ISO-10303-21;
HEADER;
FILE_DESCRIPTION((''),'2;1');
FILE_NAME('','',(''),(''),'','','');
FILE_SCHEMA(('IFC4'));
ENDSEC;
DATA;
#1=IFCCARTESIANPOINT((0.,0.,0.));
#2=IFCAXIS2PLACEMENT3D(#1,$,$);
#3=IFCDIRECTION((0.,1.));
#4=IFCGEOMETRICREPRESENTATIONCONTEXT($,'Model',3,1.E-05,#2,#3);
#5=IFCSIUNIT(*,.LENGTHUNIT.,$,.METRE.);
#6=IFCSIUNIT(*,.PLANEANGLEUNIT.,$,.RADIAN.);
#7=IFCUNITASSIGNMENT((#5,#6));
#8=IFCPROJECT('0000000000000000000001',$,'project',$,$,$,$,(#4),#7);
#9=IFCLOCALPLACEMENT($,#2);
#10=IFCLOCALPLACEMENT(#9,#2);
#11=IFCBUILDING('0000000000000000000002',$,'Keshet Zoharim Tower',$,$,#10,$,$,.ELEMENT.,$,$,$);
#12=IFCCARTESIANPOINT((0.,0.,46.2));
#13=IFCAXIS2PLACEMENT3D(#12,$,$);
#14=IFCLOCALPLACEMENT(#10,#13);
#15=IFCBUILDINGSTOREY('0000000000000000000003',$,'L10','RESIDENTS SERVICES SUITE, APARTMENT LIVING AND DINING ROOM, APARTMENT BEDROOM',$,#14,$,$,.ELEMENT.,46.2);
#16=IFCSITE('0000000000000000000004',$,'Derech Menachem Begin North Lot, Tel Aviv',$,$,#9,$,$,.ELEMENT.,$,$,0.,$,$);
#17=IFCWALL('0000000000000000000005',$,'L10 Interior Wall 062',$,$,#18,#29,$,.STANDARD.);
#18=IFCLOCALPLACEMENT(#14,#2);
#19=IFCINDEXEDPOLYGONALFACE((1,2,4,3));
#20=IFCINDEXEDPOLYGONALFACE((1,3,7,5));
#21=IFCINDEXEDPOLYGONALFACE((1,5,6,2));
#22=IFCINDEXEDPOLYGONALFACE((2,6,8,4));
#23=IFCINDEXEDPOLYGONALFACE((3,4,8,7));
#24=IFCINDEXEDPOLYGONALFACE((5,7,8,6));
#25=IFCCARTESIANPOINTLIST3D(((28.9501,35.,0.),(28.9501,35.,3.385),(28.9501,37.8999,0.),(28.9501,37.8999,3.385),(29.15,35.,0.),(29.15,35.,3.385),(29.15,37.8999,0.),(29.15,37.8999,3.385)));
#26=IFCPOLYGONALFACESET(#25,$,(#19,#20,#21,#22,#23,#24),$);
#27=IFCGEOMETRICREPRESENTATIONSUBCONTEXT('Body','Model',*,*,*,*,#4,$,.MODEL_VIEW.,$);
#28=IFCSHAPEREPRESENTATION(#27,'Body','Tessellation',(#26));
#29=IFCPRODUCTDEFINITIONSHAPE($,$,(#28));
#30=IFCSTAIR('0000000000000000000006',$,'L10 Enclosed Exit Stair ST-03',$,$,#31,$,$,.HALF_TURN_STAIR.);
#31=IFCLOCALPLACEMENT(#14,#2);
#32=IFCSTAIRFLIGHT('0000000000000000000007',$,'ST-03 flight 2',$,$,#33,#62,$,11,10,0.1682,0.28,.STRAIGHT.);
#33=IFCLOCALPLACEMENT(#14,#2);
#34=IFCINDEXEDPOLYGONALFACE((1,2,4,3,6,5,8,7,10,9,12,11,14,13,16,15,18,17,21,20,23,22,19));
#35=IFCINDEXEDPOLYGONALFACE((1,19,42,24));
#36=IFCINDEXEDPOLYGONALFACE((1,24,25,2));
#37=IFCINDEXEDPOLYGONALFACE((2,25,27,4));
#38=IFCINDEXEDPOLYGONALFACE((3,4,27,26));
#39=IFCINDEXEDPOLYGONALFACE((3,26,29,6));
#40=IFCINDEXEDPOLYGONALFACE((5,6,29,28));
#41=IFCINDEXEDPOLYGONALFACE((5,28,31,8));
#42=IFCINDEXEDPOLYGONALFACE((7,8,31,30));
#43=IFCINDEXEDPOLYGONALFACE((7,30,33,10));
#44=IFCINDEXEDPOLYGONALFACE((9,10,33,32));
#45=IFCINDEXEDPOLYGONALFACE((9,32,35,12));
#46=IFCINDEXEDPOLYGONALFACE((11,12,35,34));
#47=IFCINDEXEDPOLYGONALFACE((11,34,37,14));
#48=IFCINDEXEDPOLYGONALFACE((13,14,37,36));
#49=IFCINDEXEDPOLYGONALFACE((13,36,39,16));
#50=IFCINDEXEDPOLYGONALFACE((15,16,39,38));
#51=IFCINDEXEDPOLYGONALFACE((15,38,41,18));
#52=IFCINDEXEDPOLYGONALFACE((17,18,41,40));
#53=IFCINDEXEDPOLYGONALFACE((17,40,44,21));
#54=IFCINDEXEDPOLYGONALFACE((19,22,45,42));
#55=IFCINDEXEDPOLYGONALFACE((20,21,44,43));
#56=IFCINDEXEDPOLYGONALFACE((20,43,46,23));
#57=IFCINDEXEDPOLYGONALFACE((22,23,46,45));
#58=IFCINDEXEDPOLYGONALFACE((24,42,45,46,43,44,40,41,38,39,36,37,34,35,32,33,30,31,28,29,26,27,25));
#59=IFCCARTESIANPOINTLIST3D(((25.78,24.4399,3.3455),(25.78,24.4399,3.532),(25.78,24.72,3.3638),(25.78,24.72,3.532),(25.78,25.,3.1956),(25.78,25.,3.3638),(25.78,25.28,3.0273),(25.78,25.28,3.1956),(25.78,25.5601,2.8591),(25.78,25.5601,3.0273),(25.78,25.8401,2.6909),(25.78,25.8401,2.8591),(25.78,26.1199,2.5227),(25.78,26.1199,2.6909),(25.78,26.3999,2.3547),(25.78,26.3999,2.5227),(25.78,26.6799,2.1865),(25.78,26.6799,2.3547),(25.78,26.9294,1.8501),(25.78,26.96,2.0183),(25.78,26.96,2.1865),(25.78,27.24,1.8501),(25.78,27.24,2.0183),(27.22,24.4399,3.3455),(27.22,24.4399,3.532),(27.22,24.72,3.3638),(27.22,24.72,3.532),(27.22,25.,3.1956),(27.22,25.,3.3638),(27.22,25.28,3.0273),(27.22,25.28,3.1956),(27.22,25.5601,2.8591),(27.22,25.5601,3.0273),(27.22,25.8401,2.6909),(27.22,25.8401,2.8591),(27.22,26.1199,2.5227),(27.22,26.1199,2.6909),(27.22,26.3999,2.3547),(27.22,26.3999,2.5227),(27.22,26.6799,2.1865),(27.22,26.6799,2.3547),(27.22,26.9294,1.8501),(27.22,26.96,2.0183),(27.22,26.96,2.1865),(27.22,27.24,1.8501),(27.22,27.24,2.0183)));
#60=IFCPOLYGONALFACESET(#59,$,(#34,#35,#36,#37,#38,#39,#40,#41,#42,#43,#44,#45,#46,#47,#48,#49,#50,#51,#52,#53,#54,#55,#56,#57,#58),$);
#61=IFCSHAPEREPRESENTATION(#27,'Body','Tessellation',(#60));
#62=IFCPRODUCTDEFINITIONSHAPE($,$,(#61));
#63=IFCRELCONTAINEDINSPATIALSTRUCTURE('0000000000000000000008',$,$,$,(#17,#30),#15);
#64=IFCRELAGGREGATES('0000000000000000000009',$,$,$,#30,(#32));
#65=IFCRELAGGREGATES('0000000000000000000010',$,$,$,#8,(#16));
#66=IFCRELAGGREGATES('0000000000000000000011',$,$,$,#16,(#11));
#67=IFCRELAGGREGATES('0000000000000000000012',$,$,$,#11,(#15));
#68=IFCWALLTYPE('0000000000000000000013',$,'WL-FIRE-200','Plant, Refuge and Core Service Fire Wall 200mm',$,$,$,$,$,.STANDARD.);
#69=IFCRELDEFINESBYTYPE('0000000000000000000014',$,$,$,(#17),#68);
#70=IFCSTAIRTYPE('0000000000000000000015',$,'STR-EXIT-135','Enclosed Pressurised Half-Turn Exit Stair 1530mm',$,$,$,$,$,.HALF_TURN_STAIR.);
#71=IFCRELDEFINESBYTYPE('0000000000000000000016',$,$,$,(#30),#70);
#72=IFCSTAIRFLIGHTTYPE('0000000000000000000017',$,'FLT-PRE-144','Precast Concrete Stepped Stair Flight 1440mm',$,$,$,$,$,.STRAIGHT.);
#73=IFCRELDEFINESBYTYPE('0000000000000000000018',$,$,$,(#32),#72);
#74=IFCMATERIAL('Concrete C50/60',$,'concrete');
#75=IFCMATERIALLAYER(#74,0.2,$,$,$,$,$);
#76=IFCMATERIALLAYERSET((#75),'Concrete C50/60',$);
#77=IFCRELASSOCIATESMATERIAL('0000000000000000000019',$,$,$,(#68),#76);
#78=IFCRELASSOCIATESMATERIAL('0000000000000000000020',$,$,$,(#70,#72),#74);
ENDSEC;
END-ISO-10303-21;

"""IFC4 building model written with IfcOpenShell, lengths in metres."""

from ifc_helpers import new_model, si_unit, direction, frame, frame_2d, origin, place, context, subcontext, project, spatial, polyline, rectangle, outline, extrude, material, layer, layer_set, type_object, element, aggregate, save


model = new_model("IFC4")

# Units and contexts
model_context = context("Model", 3, precision=1e-05, world=origin(), true_north=direction((0.0, 1.0)))
body_context = subcontext(model_context, "Body", "Model", "MODEL_VIEW")
ifc_project = project(units=[si_unit("LENGTHUNIT", "METRE"), si_unit("PLANEANGLEUNIT", "RADIAN")], contexts=[model_context])

# Site, building, storey
site_placement = place(None, origin())
site = spatial("IfcSite", under=ifc_project, at=site_placement, Name="Derech Menachem Begin North Lot, Tel Aviv", CompositionType="ELEMENT", RefElevation=0.0)
building_placement = place(site_placement, origin())
building = spatial("IfcBuilding", under=site, at=building_placement, Name="Keshet Zoharim Tower", CompositionType="ELEMENT")
storey_placement = place(building_placement, frame((0.0, 0.0, 46.2)))
storey = spatial("IfcBuildingStorey", under=building, at=storey_placement, Name="L10", Description="RESIDENTS SERVICES SUITE, APARTMENT LIVING AND DINING ROOM, APARTMENT BEDROOM", CompositionType="ELEMENT", Elevation=46.2)

# Wall
ifc_material_1 = material(Name="Concrete C50/60", Category="concrete")
ifc_layer_1 = layer(ifc_material_1, 0.2)
ifc_layer_set_1 = layer_set([ifc_layer_1], Name="Concrete C50/60")
wall_type_1 = type_object("IfcWallType", Name="WL-FIRE-200", Description="Plant, Refuge and Core Service Fire Wall 200mm", PredefinedType="STANDARD", material=ifc_layer_set_1)
wall_1_placement = place(storey_placement, frame((29.05, 35.0, 0.0), z_axis=(0.0, 0.0, 1.0), x_axis=(0.0, 1.0, 0.0)))
element("IfcWall", 1, at=wall_1_placement, inside=storey, type_object=wall_type_1, Name="L10 Interior Wall 062", PredefinedType="STANDARD", context=body_context, shape_type="SweptSolid", body=[
    extrude(rectangle(XDim=2.8999, YDim=0.2, at=frame_2d((1.45, 0.0))), origin(), (0.0, 0.0, 1.0), 3.385),
])

# Stair, stair flight
stair_type = type_object("IfcStairType", Name="STR-EXIT-135", Description="Enclosed Pressurised Half-Turn Exit Stair 1530mm", PredefinedType="HALF_TURN_STAIR", material=ifc_material_1)
stair_placement = place(storey_placement, origin())
stair = element("IfcStair", 2, at=stair_placement, inside=storey, type_object=stair_type, Name="L10 Enclosed Exit Stair ST-03", PredefinedType="HALF_TURN_STAIR")
stair_flight_type = type_object("IfcStairFlightType", Name="FLT-PRE-144", Description="Precast Concrete Stepped Stair Flight 1440mm", PredefinedType="STRAIGHT", material=ifc_material_1)
stair_flight_placement = place(storey_placement, frame((26.5, 27.24, 1.8501), z_axis=(0.0, 0.0, 1.0), x_axis=(0.0, -1.0, 0.0)))
stair_flight = element("IfcStairFlight", 3, at=stair_flight_placement, type_object=stair_flight_type, Name="ST-03 flight 2", NumberOfRisers=11, NumberOfTreads=10, PredefinedType="STRAIGHT", RiserHeight=0.1682, TreadLength=0.28, context=body_context, shape_type="SweptSolid", body=[
    extrude(outline(polyline([(0.0, 0.0), (0.0, 0.1682), (0.28, 0.1682), (0.28, 0.3364), (0.5601, 0.3364), (0.5601, 0.5046), (0.8401, 0.5046), (0.8401, 0.6726), (1.1201, 0.6726), (1.1201, 0.8408), (1.3999, 0.8408), (1.3999, 1.009), (1.6799, 1.009), (1.6799, 1.1772), (1.96, 1.1772), (1.96, 1.3455), (2.24, 1.3455), (2.24, 1.5137), (2.52, 1.5137), (2.52, 1.6819), (2.8, 1.6819), (2.8, 1.8501), (2.8, 1.4954), (0.3105, 0.0), (0.0, 0.0)])), frame((0.0, 0.72, 0.0), z_axis=(0.0, -1.0, 0.0), x_axis=(1.0, 0.0, 0.0)), (0.0, 0.0, 1.0), 1.4399),
])
aggregate(stair, [stair_flight])

save(model, "model.ifc")
